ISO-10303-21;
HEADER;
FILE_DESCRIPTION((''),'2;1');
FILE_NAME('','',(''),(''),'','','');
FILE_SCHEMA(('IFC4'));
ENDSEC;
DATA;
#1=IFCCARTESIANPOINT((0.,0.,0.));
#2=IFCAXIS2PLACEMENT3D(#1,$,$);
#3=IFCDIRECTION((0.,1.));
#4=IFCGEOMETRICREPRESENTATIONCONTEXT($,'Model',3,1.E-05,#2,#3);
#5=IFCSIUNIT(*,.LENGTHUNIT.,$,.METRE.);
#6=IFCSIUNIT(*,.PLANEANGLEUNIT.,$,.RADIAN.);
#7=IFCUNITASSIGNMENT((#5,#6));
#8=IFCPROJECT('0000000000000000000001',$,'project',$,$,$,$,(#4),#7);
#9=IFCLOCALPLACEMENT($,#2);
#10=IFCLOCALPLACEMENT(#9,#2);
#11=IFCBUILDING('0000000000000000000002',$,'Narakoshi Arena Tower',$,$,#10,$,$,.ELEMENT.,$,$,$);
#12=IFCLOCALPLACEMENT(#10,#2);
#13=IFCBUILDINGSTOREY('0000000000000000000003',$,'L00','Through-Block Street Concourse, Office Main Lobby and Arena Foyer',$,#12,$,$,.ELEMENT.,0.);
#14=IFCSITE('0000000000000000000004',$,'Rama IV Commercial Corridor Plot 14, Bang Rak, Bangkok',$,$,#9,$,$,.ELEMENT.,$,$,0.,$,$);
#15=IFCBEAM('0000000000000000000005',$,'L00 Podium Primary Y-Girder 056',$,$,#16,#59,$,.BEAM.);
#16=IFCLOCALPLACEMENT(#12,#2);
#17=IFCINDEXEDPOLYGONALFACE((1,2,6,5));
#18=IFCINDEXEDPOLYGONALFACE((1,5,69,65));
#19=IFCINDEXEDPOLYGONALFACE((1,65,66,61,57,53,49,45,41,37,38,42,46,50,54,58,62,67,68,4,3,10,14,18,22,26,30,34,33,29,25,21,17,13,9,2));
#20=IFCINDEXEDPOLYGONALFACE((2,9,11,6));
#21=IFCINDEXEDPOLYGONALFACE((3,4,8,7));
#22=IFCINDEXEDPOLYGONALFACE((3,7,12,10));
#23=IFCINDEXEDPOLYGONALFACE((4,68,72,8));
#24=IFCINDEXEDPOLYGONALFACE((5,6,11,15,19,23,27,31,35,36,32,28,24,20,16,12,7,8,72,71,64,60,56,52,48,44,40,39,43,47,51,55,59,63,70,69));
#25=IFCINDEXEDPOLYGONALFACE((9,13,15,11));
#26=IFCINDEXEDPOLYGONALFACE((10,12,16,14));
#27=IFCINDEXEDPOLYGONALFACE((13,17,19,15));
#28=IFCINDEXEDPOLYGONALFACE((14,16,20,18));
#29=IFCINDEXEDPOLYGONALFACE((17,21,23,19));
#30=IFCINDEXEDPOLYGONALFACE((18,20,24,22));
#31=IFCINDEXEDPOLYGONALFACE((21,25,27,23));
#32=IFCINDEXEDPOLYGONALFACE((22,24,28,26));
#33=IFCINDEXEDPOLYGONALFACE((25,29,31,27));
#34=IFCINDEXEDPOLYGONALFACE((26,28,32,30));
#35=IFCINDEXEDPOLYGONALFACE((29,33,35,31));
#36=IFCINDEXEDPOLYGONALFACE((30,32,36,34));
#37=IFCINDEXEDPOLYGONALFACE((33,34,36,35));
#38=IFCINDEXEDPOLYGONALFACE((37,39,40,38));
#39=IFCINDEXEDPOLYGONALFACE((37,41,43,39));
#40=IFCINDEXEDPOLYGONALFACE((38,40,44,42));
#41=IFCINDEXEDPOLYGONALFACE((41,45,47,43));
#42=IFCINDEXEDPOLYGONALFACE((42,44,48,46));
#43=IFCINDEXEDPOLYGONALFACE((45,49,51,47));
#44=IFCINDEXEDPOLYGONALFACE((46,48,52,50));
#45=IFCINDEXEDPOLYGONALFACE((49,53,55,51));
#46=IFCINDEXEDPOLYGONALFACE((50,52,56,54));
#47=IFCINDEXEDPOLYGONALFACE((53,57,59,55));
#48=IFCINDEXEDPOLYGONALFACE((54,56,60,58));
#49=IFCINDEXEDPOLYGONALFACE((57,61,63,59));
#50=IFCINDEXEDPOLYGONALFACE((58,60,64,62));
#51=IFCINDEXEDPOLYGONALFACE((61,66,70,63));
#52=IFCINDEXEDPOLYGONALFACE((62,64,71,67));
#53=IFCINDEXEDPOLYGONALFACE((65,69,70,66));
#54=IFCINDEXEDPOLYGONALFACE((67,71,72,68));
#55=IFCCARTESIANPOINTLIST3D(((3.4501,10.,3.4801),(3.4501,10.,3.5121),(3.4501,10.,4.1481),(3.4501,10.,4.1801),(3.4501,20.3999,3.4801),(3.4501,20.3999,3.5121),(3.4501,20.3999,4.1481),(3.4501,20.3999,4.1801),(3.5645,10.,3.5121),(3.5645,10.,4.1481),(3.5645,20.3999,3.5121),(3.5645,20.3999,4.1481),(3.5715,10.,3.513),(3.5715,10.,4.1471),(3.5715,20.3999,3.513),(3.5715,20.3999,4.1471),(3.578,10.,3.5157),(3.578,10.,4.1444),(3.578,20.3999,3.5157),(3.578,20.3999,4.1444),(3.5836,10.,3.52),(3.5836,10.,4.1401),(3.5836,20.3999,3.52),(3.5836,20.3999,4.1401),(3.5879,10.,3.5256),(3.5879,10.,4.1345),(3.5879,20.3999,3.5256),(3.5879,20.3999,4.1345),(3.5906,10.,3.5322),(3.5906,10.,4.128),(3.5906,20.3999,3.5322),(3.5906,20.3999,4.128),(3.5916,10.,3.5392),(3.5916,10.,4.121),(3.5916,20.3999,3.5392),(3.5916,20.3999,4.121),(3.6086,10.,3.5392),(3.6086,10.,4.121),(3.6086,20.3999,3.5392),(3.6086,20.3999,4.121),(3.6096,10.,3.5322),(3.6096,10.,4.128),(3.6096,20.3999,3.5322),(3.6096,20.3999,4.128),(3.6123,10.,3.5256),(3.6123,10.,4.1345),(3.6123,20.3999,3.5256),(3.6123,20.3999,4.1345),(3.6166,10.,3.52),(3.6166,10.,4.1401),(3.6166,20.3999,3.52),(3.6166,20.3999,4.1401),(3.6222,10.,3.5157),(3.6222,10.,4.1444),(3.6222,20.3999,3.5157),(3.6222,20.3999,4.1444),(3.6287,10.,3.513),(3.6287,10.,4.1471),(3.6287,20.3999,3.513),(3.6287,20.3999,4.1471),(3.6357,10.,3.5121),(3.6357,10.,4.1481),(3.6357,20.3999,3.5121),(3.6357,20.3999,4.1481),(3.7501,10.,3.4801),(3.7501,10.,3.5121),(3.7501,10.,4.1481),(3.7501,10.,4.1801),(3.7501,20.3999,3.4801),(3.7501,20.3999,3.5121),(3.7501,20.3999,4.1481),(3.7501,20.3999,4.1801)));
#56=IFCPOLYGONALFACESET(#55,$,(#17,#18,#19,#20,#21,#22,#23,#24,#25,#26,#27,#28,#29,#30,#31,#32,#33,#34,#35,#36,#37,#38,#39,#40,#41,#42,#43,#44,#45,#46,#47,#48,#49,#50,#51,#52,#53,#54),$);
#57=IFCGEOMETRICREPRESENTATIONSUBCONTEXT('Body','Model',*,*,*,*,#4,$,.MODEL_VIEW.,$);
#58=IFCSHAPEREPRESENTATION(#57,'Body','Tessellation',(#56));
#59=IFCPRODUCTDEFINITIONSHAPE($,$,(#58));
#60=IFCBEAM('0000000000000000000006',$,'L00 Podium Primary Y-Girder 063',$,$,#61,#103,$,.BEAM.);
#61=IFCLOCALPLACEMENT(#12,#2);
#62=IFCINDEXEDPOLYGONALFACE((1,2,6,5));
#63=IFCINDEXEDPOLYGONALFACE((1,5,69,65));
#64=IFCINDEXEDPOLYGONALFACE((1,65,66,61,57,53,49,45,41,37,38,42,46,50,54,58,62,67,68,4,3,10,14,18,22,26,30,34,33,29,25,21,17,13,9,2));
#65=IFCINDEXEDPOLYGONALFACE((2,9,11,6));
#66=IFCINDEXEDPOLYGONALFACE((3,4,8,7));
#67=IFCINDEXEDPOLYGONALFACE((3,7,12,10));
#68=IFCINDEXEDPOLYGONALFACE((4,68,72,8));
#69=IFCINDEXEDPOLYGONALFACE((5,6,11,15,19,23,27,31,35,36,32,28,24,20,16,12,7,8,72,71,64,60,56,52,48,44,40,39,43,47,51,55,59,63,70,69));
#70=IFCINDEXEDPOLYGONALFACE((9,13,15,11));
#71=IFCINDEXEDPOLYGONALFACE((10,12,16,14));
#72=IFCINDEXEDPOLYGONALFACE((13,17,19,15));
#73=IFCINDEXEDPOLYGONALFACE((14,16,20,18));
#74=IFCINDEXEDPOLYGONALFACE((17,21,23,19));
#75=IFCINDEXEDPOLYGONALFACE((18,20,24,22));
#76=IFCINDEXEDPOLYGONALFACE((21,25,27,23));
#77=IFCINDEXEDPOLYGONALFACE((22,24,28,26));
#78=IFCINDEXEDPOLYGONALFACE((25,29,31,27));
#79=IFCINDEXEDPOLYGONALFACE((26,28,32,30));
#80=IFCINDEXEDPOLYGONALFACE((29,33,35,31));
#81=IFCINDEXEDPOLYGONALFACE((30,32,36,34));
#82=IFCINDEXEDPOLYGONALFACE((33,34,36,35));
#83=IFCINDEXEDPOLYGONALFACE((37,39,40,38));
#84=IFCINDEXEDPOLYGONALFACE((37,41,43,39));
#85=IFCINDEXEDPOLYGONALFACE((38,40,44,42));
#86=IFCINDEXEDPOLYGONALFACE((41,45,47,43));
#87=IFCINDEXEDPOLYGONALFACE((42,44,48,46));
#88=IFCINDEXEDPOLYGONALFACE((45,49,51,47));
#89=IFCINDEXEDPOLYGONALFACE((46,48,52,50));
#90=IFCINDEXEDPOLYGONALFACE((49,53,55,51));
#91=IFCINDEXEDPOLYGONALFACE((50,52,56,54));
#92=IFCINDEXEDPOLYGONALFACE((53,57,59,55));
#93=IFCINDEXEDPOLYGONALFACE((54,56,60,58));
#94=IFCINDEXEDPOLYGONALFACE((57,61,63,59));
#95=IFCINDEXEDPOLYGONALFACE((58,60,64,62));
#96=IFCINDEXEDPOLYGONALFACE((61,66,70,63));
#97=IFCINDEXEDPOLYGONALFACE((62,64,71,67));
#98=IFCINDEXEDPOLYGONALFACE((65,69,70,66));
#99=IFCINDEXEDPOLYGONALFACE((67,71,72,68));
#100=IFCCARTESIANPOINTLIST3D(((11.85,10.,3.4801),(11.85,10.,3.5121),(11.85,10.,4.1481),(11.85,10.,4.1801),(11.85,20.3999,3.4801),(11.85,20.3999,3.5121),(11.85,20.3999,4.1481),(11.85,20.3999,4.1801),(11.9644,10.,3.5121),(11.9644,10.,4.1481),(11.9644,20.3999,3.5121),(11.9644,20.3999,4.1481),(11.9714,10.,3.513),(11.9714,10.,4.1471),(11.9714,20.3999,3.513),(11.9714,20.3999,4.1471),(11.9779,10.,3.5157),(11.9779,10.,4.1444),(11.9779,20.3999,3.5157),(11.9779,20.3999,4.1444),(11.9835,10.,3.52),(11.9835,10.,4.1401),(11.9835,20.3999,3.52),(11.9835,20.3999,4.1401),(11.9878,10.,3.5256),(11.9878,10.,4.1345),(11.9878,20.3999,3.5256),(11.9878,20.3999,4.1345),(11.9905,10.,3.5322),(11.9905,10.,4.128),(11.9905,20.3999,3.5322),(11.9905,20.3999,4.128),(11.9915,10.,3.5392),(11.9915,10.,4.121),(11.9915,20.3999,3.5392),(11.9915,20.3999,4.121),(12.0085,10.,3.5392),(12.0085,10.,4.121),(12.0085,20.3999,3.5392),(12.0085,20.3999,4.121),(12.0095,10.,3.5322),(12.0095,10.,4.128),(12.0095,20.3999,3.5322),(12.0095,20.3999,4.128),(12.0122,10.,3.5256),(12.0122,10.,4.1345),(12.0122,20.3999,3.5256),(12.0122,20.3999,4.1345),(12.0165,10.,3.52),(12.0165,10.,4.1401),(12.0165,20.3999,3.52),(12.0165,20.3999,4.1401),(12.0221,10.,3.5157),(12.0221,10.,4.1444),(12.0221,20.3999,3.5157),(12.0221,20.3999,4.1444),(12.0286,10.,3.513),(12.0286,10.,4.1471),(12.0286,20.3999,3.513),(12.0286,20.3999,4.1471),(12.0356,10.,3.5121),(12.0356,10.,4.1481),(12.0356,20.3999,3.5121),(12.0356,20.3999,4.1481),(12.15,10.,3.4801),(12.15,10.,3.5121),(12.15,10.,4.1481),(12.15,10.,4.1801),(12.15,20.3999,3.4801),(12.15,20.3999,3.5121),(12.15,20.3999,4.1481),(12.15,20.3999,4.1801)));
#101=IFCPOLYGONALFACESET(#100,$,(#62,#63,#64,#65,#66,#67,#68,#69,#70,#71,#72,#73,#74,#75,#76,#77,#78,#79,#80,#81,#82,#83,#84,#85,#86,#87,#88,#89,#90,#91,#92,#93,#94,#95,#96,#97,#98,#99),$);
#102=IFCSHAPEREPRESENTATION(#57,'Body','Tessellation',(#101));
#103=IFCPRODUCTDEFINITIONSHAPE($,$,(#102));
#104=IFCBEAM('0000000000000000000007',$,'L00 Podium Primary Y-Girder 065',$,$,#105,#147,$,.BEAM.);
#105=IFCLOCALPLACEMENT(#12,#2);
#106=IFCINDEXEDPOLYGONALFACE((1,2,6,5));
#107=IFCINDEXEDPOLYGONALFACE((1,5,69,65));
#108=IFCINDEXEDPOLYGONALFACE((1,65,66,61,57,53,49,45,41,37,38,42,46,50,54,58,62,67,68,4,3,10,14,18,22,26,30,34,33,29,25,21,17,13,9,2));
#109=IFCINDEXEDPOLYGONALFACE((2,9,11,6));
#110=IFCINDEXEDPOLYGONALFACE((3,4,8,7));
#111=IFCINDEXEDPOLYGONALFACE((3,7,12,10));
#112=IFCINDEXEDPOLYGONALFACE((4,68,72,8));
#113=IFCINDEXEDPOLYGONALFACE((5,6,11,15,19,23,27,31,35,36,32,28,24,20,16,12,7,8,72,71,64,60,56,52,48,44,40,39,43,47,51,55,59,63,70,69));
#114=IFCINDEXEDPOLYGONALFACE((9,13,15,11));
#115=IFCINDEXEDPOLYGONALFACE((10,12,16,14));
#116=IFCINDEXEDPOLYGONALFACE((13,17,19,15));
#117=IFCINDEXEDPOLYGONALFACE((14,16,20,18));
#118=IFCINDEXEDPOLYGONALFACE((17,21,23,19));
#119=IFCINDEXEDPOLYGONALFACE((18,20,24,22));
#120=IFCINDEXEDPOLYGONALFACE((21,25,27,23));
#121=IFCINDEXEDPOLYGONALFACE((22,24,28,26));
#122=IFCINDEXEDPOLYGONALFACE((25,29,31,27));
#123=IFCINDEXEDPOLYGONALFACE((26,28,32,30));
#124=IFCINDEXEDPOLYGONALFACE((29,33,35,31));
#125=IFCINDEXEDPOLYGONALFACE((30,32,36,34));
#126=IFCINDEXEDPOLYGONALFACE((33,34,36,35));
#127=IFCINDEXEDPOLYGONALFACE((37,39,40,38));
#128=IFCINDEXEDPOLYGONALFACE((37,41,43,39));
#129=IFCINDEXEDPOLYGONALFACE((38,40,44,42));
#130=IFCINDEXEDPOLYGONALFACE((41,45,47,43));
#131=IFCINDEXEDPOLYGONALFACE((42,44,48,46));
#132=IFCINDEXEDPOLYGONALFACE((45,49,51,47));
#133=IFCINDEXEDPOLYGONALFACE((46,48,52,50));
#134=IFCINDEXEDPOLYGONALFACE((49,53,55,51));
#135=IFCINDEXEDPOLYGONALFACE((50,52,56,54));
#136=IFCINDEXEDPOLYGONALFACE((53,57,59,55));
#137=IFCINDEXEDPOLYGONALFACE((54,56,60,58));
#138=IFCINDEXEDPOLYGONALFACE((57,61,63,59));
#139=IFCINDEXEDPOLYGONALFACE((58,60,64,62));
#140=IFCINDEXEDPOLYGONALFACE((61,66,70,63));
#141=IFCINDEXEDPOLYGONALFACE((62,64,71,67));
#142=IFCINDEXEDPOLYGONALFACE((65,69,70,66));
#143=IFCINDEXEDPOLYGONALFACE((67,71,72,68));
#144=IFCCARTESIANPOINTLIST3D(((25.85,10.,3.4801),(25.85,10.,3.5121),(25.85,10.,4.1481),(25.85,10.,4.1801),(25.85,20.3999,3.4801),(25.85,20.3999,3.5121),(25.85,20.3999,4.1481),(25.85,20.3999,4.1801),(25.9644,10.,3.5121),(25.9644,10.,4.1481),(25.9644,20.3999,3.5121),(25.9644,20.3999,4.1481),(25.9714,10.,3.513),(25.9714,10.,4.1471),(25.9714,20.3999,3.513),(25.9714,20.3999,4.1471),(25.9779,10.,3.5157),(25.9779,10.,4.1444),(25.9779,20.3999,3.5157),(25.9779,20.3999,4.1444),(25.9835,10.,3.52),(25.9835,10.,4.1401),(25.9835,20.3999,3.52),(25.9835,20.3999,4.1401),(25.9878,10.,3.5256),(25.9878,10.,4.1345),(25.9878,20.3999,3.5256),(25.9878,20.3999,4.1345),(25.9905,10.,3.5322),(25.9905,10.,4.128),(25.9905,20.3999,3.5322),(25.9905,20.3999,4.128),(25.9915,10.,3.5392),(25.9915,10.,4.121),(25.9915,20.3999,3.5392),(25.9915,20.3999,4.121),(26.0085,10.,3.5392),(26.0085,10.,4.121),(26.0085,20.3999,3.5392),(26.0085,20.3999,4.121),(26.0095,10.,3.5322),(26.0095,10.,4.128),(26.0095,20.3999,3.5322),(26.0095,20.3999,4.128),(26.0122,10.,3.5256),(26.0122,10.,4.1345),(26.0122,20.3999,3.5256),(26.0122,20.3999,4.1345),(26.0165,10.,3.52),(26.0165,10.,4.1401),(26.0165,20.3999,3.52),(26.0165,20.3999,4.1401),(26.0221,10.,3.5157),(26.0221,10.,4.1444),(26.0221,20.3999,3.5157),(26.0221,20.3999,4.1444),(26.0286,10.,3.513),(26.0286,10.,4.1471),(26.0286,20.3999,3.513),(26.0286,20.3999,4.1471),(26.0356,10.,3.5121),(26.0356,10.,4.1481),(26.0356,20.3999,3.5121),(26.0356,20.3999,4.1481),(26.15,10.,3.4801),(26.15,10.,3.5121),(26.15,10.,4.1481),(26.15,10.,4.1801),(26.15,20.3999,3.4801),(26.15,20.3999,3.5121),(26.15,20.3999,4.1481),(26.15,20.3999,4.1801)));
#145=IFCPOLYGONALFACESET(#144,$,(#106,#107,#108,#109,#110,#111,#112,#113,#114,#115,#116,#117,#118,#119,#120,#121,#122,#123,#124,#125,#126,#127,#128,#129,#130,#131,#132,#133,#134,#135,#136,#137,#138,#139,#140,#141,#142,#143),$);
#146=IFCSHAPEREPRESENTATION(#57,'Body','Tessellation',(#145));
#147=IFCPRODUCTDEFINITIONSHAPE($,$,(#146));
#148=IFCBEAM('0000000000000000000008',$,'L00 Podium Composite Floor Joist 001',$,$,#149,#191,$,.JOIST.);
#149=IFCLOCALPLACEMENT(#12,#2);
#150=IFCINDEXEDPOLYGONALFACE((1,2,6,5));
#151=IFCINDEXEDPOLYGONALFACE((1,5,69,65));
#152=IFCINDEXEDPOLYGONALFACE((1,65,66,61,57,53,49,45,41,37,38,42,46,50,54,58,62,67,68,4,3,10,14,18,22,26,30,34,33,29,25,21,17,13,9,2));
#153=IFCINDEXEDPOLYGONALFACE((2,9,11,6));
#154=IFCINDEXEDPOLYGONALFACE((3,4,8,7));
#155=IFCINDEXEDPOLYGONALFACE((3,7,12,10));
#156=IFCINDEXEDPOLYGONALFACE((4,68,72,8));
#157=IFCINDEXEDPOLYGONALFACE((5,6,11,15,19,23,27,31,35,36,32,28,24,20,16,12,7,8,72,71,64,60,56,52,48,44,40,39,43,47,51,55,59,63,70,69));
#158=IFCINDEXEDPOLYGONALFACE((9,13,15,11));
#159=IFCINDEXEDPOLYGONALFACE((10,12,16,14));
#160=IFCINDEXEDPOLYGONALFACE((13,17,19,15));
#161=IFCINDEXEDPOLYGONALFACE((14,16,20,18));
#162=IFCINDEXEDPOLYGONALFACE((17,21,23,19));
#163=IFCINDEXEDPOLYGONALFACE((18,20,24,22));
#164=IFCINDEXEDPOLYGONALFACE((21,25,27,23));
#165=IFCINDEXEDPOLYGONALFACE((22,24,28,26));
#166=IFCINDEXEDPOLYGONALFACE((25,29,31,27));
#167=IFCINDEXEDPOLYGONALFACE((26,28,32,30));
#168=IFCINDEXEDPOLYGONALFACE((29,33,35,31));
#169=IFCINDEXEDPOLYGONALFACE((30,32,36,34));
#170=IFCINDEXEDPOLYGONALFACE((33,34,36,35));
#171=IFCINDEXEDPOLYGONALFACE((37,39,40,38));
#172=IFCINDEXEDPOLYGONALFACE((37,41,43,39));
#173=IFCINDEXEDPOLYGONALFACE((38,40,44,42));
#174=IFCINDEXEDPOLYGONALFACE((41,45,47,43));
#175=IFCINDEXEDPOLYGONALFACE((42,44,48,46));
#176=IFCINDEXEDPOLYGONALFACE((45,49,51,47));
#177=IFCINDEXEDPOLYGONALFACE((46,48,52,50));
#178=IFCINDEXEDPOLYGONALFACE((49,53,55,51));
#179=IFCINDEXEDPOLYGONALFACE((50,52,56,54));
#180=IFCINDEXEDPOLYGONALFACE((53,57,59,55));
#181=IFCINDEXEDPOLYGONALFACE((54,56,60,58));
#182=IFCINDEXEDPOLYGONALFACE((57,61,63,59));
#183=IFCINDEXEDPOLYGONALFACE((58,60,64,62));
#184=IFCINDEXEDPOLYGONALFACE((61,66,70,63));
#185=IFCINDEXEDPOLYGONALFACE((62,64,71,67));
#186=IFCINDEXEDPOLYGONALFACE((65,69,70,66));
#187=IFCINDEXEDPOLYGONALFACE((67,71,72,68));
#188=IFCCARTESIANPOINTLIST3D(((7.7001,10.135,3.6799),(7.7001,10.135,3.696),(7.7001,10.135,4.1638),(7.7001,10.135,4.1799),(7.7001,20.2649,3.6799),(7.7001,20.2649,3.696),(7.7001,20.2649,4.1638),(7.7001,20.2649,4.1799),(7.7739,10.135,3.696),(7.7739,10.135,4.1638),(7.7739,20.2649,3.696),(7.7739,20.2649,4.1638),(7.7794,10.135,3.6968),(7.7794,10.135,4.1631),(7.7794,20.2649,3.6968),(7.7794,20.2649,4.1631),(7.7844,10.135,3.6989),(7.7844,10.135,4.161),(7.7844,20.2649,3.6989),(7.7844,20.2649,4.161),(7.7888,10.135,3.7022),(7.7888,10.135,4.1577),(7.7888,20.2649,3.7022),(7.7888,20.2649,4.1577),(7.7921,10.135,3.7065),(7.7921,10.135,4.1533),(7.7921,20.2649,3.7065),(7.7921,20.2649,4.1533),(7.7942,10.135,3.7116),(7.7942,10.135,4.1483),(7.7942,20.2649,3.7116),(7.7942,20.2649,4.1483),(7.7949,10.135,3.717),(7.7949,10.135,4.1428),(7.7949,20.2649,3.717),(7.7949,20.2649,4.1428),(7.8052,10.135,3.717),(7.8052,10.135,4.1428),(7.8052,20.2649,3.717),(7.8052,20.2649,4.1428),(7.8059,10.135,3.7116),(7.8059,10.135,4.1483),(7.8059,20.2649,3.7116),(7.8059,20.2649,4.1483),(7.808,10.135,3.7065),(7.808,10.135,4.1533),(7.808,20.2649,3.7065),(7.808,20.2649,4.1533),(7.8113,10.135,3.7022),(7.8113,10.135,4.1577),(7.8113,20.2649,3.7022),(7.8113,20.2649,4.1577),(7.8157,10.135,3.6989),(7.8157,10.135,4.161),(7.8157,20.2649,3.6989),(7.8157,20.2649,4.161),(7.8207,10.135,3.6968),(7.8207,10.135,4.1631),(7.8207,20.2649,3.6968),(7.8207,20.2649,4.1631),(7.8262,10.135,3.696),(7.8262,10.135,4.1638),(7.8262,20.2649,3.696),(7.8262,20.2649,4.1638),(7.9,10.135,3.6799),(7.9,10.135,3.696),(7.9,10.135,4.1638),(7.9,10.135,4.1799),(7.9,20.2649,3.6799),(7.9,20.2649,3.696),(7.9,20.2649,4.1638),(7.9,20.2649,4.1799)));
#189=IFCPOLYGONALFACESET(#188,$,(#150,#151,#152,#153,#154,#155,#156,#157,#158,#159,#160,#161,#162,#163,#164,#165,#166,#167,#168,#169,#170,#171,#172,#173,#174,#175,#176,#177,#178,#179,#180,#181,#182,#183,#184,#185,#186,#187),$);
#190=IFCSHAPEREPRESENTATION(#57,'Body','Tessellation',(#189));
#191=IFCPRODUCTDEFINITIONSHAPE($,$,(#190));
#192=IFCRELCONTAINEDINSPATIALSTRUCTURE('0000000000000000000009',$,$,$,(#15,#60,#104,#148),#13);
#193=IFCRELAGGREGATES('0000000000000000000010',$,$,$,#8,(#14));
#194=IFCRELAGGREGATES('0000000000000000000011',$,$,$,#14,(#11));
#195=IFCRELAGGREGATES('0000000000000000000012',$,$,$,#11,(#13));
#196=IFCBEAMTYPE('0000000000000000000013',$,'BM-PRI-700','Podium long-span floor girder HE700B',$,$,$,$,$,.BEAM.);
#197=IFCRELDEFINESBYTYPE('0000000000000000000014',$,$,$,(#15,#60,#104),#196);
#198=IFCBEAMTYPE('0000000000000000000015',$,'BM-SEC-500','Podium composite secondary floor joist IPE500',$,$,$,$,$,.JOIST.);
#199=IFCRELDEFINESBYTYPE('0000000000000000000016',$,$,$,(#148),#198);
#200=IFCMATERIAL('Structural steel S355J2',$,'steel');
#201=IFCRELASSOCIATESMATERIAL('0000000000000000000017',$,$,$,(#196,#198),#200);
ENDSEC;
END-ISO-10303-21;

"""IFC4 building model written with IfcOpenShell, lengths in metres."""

from ifc_helpers import new_model, si_unit, direction, frame, origin, origin_2d, place, context, subcontext, project, spatial, i_section, extrude, material, material_profile, profile_set, type_object, element, save


model = new_model("IFC4")

# Units and contexts
model_context = context("Model", 3, precision=1e-05, world=origin(), true_north=direction((0.0, 1.0)))
body_context = subcontext(model_context, "Body", "Model", "MODEL_VIEW")
ifc_project = project(units=[si_unit("LENGTHUNIT", "METRE"), si_unit("PLANEANGLEUNIT", "RADIAN")], contexts=[model_context])

# Site, building, storey
site_placement = place(None, origin())
site = spatial("IfcSite", under=ifc_project, at=site_placement, Name="Rama IV Commercial Corridor Plot 14, Bang Rak, Bangkok", CompositionType="ELEMENT", RefElevation=0.0)
building_placement = place(site_placement, origin())
building = spatial("IfcBuilding", under=site, at=building_placement, Name="Narakoshi Arena Tower", CompositionType="ELEMENT")
storey_placement = place(building_placement, origin())
storey = spatial("IfcBuildingStorey", under=building, at=storey_placement, Name="L00", Description="Through-Block Street Concourse, Office Main Lobby and Arena Foyer", CompositionType="ELEMENT", Elevation=0.0)

# Beams
ifc_material_1 = material(Name="Structural steel S355J2", Category="steel")
ifc_material_profile_1 = material_profile(ifc_material_1, i_section(OverallWidth=0.3, OverallDepth=0.7, WebThickness=0.0171, FlangeThickness=0.032, FilletRadius=0.0271, at=origin_2d()), Name="HE700B")
ifc_profile_set_1 = profile_set([ifc_material_profile_1], Name="Structural steel S355J2")
beam_type_1 = type_object("IfcBeamType", Name="BM-PRI-700", Description="Podium long-span floor girder HE700B", PredefinedType="BEAM", material=ifc_profile_set_1)
for number, where, z_axis, x_axis, name in (
    (1, (3.6001, 10.0, 3.8301), (0.0, 1.0, 0.0), (-1.0, 0.0, 0.0), "L00 Podium Primary Y-Girder 056"),
    (2, (12.0, 10.0, 3.8301), (0.0, 1.0, 0.0), (-1.0, 0.0, 0.0), "L00 Podium Primary Y-Girder 063"),
    (3, (26.0, 10.0, 3.8301), (0.0, 1.0, 0.0), (-1.0, 0.0, 0.0), "L00 Podium Primary Y-Girder 065"),
):
    element("IfcBeam", number, at=place(storey_placement, frame(where, z_axis=z_axis, x_axis=x_axis)), inside=storey, type_object=beam_type_1, Name=name, PredefinedType="BEAM", context=body_context, shape_type="SweptSolid", body=[
        extrude(i_section(OverallWidth=0.3, OverallDepth=0.7, WebThickness=0.0171, FlangeThickness=0.032, FilletRadius=0.0271, at=origin_2d()), origin(), (0.0, 0.0, 1.0), 10.3999),
    ])
ifc_material_profile_2 = material_profile(ifc_material_1, i_section(OverallWidth=0.2, OverallDepth=0.5, WebThickness=0.0103, FlangeThickness=0.0161, FilletRadius=0.021, at=origin_2d()), Name="IPE500")
ifc_profile_set_2 = profile_set([ifc_material_profile_2], Name="Structural steel S355J2")
beam_type_2 = type_object("IfcBeamType", Name="BM-SEC-500", Description="Podium composite secondary floor joist IPE500", PredefinedType="JOIST", material=ifc_profile_set_2)
beam_1_placement = place(storey_placement, frame((7.8, 10.135, 3.9299), z_axis=(0.0, 1.0, 0.0), x_axis=(-1.0, 0.0, 0.0)))
element("IfcBeam", 4, at=beam_1_placement, inside=storey, type_object=beam_type_2, Name="L00 Podium Composite Floor Joist 001", PredefinedType="JOIST", context=body_context, shape_type="SweptSolid", body=[
    extrude(i_section(OverallWidth=0.2, OverallDepth=0.5, WebThickness=0.0103, FlangeThickness=0.0161, FilletRadius=0.021, at=origin_2d()), origin(), (0.0, 0.0, 1.0), 10.1299),
])

save(model, "model.ifc")
